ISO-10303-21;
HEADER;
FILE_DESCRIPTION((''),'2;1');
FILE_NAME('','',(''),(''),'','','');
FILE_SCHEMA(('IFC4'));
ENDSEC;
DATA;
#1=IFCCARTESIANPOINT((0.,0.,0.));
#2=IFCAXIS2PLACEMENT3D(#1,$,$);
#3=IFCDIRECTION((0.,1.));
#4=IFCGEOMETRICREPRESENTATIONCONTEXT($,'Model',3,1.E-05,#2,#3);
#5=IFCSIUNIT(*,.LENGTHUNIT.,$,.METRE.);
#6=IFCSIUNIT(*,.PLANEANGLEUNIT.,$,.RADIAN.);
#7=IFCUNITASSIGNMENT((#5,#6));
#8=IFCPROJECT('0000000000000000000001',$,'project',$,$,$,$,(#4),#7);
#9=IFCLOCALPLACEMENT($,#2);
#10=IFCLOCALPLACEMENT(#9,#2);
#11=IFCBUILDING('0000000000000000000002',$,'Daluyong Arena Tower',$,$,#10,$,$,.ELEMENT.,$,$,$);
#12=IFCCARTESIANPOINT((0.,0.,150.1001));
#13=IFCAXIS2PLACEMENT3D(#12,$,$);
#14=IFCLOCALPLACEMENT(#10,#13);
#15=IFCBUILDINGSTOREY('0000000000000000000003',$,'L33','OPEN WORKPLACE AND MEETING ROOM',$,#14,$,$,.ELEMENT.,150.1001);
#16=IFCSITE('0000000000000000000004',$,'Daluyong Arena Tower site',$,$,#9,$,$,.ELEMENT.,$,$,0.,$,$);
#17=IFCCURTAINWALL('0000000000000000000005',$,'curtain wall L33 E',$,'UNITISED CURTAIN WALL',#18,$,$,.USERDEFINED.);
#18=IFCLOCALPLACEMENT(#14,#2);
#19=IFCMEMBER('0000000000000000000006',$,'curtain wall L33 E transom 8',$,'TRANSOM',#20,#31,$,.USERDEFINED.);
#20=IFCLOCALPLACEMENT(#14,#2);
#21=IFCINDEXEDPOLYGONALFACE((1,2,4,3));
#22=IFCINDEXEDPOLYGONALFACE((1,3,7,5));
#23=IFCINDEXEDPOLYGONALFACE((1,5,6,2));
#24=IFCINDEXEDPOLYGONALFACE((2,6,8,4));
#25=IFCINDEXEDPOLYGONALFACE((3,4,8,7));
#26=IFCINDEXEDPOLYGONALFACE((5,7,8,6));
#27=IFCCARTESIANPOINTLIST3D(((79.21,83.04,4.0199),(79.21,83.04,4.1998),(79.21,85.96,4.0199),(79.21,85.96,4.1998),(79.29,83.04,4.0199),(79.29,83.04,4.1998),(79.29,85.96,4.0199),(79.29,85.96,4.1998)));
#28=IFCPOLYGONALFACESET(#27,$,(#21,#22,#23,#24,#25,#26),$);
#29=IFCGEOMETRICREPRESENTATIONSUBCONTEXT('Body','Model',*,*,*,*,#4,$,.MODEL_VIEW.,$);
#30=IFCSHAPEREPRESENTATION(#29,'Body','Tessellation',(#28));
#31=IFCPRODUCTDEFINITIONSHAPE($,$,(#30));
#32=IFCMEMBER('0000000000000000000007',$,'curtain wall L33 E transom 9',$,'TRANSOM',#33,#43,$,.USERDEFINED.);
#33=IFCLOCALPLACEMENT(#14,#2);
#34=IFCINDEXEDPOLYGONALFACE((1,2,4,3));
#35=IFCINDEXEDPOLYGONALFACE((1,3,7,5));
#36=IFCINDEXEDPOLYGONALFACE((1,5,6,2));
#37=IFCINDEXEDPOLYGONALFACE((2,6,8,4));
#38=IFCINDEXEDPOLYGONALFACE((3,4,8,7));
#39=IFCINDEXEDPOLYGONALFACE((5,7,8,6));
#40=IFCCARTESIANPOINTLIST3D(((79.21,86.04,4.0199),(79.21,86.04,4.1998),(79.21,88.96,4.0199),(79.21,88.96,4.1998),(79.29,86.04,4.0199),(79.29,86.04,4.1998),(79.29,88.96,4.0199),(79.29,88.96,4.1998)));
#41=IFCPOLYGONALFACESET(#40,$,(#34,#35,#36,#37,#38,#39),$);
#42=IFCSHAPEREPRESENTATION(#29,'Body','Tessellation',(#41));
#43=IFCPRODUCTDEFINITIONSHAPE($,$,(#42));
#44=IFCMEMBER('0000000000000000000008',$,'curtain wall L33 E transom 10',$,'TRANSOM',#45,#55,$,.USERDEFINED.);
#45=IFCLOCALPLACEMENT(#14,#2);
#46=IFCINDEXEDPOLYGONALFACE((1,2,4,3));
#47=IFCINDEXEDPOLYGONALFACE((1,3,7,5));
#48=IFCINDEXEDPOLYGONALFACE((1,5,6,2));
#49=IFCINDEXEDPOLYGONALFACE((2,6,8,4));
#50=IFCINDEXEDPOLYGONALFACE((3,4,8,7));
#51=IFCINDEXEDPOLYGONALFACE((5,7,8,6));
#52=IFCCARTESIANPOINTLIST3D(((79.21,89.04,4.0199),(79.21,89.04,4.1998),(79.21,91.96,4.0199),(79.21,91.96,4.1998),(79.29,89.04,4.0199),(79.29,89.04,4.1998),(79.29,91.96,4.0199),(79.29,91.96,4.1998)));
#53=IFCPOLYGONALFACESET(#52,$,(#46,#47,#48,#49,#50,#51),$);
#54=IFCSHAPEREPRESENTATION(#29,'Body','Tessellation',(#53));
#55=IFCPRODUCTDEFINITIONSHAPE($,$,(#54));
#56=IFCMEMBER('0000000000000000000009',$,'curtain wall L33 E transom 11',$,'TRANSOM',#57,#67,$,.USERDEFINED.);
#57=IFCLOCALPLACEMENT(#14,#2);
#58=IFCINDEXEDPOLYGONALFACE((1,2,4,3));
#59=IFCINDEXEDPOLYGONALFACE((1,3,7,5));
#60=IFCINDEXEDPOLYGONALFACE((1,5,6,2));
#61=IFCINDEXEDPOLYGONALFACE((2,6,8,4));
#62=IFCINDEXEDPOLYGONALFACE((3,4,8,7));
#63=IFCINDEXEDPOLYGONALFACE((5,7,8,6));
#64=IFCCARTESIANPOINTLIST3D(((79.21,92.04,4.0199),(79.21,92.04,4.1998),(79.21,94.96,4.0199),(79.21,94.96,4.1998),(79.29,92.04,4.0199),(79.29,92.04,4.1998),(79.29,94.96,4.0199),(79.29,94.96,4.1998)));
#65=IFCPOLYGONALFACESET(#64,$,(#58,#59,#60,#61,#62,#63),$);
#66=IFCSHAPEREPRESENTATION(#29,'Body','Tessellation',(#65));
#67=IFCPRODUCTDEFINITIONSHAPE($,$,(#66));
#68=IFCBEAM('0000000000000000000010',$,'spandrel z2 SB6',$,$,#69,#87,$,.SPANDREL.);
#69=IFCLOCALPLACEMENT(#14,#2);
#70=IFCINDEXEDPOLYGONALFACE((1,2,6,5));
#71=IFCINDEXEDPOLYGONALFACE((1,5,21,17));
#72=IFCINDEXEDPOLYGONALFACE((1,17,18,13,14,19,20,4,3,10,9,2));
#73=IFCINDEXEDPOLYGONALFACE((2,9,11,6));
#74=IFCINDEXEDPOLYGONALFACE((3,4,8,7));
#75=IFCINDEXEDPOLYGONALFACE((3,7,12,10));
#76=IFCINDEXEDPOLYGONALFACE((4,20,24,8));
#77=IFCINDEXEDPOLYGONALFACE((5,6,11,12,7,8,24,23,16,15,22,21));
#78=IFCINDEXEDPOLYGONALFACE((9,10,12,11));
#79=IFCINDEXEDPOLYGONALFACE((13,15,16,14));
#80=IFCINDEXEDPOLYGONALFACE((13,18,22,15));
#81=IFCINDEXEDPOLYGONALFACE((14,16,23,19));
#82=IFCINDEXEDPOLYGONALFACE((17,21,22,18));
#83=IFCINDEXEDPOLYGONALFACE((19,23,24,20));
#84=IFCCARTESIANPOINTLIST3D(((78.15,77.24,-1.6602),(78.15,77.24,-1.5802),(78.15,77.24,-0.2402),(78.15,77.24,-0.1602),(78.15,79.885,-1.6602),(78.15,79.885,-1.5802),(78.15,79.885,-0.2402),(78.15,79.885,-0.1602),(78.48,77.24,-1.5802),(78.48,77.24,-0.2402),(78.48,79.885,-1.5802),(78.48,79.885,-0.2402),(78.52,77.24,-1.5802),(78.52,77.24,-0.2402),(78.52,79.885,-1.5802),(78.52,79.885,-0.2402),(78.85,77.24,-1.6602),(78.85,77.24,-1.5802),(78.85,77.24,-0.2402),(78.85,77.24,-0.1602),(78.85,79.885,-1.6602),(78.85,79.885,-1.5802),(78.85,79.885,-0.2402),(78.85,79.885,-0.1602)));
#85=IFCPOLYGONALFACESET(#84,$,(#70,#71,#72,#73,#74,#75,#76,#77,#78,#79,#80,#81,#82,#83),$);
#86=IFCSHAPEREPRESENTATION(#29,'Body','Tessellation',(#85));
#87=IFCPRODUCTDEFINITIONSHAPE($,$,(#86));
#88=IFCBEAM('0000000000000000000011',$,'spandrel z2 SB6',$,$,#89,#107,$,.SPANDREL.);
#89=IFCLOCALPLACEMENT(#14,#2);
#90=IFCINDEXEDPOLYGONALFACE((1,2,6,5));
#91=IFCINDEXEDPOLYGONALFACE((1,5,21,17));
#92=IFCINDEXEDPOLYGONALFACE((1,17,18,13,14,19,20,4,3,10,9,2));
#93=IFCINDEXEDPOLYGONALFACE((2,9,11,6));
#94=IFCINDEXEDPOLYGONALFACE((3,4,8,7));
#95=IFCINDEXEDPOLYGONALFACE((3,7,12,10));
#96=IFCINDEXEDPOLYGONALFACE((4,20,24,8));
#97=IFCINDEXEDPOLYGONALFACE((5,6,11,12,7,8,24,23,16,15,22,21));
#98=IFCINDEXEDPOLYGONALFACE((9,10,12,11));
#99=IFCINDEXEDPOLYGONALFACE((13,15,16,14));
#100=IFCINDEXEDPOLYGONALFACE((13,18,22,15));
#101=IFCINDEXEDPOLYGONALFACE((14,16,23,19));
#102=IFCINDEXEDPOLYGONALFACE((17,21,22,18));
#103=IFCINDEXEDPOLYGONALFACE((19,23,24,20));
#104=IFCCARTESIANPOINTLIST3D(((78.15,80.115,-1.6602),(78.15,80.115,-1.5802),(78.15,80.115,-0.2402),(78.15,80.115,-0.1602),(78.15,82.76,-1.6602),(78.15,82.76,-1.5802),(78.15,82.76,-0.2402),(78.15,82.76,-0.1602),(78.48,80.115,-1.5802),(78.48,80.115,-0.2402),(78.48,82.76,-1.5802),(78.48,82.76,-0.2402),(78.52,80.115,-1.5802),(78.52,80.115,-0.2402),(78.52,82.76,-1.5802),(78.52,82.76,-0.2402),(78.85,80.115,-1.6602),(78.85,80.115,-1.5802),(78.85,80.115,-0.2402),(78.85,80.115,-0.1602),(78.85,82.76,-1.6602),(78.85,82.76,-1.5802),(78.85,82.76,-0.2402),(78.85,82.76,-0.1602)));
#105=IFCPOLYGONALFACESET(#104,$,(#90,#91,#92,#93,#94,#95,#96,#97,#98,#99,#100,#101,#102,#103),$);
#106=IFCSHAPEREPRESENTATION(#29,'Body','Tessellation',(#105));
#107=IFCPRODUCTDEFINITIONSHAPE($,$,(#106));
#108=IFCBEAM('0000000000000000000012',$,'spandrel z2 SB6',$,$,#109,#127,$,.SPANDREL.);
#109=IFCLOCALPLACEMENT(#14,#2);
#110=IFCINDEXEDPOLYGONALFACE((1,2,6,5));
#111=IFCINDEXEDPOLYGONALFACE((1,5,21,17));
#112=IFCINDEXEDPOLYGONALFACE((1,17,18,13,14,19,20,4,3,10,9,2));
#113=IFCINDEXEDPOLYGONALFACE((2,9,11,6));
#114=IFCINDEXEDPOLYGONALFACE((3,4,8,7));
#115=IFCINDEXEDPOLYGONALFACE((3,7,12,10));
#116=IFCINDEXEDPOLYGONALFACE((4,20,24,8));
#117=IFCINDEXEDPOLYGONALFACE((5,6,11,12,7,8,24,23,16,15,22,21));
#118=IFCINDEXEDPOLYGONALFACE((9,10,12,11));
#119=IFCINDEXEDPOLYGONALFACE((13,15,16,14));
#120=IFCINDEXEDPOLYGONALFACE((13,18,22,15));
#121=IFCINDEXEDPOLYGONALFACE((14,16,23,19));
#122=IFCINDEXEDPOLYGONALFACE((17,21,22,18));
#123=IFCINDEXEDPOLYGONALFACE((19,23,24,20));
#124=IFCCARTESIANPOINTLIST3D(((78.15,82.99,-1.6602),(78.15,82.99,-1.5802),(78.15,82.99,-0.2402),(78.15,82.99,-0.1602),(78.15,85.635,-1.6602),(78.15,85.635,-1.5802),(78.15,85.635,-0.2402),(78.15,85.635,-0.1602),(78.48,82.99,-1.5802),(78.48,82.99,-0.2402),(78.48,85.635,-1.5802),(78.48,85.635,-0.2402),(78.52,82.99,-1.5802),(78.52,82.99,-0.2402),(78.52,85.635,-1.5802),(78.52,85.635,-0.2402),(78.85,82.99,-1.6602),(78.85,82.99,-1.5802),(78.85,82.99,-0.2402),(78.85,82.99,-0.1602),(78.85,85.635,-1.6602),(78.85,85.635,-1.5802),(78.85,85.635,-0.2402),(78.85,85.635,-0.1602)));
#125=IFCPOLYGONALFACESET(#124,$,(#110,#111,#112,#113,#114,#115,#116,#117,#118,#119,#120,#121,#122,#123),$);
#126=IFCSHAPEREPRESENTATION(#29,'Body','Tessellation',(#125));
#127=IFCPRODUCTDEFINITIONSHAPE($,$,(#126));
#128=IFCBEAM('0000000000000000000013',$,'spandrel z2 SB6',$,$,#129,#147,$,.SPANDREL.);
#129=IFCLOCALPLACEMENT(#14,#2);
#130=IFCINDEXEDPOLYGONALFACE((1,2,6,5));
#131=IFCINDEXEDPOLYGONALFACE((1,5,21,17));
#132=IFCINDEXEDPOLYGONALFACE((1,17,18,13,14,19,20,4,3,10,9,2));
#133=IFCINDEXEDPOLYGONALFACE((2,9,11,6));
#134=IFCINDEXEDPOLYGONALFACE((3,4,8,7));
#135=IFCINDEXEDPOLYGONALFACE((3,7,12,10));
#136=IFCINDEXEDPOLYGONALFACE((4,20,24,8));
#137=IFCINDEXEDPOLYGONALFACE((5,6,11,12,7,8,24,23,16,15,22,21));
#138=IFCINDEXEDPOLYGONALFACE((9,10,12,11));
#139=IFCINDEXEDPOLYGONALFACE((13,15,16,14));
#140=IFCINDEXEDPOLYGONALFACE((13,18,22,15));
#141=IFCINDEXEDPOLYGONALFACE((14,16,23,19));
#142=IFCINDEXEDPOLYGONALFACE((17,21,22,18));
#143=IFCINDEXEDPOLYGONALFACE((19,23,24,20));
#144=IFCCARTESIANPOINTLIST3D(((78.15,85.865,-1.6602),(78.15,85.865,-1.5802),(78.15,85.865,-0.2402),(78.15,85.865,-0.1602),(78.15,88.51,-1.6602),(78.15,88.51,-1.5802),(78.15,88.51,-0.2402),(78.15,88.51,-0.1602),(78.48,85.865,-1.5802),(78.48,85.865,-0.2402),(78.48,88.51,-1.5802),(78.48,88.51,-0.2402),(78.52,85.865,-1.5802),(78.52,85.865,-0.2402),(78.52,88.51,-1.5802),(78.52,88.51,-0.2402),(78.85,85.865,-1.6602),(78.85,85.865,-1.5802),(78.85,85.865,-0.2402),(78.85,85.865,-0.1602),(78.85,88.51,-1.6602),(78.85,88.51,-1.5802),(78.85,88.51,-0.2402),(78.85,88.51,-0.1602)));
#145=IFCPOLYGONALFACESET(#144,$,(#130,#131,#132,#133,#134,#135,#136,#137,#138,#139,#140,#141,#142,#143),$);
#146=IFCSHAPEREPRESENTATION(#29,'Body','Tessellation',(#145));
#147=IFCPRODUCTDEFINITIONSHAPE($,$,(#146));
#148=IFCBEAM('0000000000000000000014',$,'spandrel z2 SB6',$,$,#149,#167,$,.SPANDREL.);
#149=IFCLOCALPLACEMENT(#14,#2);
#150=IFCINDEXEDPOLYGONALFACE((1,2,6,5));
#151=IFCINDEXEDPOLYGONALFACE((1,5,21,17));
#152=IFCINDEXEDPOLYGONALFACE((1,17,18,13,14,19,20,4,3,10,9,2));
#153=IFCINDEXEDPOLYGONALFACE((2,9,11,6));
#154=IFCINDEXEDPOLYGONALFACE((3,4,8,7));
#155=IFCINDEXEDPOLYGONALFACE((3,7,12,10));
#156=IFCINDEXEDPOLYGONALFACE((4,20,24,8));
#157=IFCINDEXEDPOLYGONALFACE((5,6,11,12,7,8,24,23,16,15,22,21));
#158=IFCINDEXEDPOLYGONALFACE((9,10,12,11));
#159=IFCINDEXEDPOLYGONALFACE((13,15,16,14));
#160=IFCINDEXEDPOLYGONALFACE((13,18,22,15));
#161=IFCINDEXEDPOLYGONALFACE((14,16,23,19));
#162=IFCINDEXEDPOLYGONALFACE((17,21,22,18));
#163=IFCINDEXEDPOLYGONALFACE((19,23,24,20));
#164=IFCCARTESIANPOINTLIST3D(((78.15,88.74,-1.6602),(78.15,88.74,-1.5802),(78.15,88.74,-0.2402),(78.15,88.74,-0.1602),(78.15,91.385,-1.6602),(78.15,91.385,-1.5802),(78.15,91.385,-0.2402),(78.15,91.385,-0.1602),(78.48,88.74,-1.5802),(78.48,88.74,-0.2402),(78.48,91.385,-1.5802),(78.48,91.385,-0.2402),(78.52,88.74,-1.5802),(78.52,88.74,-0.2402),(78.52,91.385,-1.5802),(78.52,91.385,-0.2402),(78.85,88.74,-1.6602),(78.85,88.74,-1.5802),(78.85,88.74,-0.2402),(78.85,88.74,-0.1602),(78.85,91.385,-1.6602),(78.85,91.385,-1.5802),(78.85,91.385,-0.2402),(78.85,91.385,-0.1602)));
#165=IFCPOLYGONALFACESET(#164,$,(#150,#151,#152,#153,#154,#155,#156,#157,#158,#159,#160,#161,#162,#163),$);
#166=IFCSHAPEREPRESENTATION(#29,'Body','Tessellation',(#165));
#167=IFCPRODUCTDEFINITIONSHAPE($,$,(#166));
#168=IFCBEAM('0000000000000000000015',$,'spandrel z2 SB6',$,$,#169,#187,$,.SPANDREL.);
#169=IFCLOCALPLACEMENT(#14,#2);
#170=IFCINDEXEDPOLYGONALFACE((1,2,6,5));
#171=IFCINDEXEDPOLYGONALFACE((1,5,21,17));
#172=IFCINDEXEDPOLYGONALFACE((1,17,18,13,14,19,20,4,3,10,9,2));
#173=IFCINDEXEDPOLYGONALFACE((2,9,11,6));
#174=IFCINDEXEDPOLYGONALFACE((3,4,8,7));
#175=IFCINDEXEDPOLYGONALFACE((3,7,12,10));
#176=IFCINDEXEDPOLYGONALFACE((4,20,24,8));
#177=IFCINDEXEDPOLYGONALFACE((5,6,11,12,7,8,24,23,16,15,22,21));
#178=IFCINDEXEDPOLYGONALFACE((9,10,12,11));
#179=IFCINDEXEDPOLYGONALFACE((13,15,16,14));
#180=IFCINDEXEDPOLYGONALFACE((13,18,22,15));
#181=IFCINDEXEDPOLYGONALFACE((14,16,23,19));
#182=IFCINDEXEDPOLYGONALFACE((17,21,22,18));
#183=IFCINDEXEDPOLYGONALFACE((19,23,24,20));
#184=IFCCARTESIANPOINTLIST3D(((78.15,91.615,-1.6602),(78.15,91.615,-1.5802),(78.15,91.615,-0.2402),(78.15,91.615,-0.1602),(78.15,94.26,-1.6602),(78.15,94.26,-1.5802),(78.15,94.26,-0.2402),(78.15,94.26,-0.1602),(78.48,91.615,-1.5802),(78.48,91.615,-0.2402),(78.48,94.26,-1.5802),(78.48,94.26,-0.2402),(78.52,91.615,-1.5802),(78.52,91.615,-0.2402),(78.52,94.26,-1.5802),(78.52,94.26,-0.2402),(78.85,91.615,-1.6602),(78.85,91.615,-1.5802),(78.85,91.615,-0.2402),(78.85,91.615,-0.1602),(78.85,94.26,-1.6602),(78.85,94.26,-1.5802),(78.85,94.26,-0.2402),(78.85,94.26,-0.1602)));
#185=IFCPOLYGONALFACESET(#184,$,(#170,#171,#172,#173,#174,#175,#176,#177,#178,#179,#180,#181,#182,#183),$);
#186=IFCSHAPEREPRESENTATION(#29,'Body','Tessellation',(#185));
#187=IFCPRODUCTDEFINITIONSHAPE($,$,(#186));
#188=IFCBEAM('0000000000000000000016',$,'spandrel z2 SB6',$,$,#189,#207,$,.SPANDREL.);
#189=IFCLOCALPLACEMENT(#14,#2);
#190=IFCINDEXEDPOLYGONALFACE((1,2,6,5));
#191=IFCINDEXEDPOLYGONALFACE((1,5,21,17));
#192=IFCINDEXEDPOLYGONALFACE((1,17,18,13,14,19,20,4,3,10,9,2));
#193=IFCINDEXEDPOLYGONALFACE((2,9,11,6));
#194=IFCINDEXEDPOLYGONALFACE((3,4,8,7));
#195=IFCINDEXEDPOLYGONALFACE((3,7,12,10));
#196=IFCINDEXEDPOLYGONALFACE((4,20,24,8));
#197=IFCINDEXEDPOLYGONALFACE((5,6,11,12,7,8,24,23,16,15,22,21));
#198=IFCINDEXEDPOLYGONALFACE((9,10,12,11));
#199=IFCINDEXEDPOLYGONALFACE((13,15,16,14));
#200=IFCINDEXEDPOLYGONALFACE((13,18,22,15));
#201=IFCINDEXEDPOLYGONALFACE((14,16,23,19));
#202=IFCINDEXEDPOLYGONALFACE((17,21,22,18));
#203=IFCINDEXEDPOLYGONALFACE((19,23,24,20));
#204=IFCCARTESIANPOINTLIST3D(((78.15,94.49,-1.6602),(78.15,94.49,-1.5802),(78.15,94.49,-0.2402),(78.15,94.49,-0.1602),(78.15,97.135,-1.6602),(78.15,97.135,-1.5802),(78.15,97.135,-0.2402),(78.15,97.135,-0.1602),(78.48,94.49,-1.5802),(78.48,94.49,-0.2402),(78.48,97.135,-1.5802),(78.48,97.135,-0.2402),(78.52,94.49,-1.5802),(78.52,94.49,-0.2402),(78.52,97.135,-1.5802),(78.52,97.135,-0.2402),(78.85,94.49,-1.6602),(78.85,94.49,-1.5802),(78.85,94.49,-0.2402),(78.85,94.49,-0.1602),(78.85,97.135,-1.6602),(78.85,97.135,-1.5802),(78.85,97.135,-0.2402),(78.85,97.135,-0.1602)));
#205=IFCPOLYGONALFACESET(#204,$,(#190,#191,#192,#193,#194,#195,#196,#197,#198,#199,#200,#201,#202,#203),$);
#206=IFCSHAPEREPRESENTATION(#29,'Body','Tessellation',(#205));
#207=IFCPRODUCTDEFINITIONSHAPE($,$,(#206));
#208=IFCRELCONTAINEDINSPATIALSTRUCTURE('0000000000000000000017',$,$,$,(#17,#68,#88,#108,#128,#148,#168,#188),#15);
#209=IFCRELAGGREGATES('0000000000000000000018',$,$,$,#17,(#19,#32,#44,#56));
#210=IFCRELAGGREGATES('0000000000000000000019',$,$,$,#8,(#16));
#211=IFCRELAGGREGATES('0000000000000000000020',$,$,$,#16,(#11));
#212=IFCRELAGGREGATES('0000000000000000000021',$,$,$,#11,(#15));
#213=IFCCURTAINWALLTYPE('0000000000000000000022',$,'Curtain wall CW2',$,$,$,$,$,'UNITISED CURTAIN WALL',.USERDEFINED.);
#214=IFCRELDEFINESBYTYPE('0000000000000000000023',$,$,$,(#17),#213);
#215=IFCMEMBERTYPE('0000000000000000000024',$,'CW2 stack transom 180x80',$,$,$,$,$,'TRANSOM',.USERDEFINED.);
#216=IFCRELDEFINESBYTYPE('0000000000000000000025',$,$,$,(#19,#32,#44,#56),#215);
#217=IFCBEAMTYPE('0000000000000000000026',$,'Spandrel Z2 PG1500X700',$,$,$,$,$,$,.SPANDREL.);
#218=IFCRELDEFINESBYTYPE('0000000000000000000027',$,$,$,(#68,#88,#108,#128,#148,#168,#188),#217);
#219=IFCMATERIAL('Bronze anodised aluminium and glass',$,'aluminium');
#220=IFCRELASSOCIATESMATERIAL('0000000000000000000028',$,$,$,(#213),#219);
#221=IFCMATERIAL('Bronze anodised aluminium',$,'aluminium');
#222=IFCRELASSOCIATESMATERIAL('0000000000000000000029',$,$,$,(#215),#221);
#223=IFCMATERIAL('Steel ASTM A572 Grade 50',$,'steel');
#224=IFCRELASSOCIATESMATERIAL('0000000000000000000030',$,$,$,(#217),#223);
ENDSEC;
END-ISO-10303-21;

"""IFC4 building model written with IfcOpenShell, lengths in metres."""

from ifc_helpers import new_model, si_unit, direction, frame, origin, origin_2d, place, context, subcontext, project, spatial, rectangle, i_section, extrude, material, material_profile, profile_set, type_object, element, aggregate, save


model = new_model("IFC4")

# Units and contexts
model_context = context("Model", 3, precision=1e-05, world=origin(), true_north=direction((0.0, 1.0)))
body_context = subcontext(model_context, "Body", "Model", "MODEL_VIEW")
ifc_project = project(units=[si_unit("LENGTHUNIT", "METRE"), si_unit("PLANEANGLEUNIT", "RADIAN")], contexts=[model_context])

# Site, building, storey
site_placement = place(None, origin())
site = spatial("IfcSite", under=ifc_project, at=site_placement, Name="Daluyong Arena Tower site", CompositionType="ELEMENT", RefElevation=0.0)
building_placement = place(site_placement, origin())
building = spatial("IfcBuilding", under=site, at=building_placement, Name="Daluyong Arena Tower", CompositionType="ELEMENT")
storey_placement = place(building_placement, frame((0.0, 0.0, 150.1001)))
storey = spatial("IfcBuildingStorey", under=building, at=storey_placement, Name="L33", Description="OPEN WORKPLACE AND MEETING ROOM", CompositionType="ELEMENT", Elevation=150.1001)

# Curtain wall, members
ifc_material_1 = material(Name="Bronze anodised aluminium and glass", Category="aluminium")
curtain_wall_type = type_object("IfcCurtainWallType", Name="Curtain wall CW2", ElementType="UNITISED CURTAIN WALL", PredefinedType="USERDEFINED", material=ifc_material_1)
curtain_wall_placement = place(storey_placement, origin())
curtain_wall = element("IfcCurtainWall", 1, at=curtain_wall_placement, inside=storey, type_object=curtain_wall_type, Name="curtain wall L33 E", ObjectType="UNITISED CURTAIN WALL", PredefinedType="USERDEFINED")
ifc_material_2 = material(Name="Bronze anodised aluminium", Category="aluminium")
ifc_material_profile_1 = material_profile(ifc_material_2, rectangle(XDim=0.0801, YDim=0.1799, at=origin_2d()))
ifc_profile_set_1 = profile_set([ifc_material_profile_1], Name="Bronze anodised aluminium")
member_type_1 = type_object("IfcMemberType", Name="CW2 stack transom 180x80", ElementType="TRANSOM", PredefinedType="USERDEFINED", material=ifc_profile_set_1)
member_1_placement = place(storey_placement, frame((79.25, 83.04, 4.1099), z_axis=(0.0, 1.0, 0.0), x_axis=(-1.0, 0.0, 0.0)))
member_1 = element("IfcMember", 2, at=member_1_placement, type_object=member_type_1, Name="curtain wall L33 E transom 8", ObjectType="TRANSOM", PredefinedType="USERDEFINED", context=body_context, shape_type="SweptSolid", body=[
    extrude(rectangle(XDim=0.0801, YDim=0.1799, at=origin_2d()), origin(), (0.0, 0.0, 1.0), 2.9199),
])
member_2_placement = place(storey_placement, frame((79.25, 86.04, 4.1099), z_axis=(0.0, 1.0, 0.0), x_axis=(-1.0, 0.0, 0.0)))
member_2 = element("IfcMember", 3, at=member_2_placement, type_object=member_type_1, Name="curtain wall L33 E transom 9", ObjectType="TRANSOM", PredefinedType="USERDEFINED", context=body_context, shape_type="SweptSolid", body=[
    extrude(rectangle(XDim=0.0801, YDim=0.1799, at=origin_2d()), origin(), (0.0, 0.0, 1.0), 2.9199),
])
member_3_placement = place(storey_placement, frame((79.25, 89.04, 4.1099), z_axis=(0.0, 1.0, 0.0), x_axis=(-1.0, 0.0, 0.0)))
member_3 = element("IfcMember", 4, at=member_3_placement, type_object=member_type_1, Name="curtain wall L33 E transom 10", ObjectType="TRANSOM", PredefinedType="USERDEFINED", context=body_context, shape_type="SweptSolid", body=[
    extrude(rectangle(XDim=0.0801, YDim=0.1799, at=origin_2d()), origin(), (0.0, 0.0, 1.0), 2.9199),
])
member_4_placement = place(storey_placement, frame((79.25, 92.04, 4.1099), z_axis=(0.0, 1.0, 0.0), x_axis=(-1.0, 0.0, 0.0)))
member_4 = element("IfcMember", 5, at=member_4_placement, type_object=member_type_1, Name="curtain wall L33 E transom 11", ObjectType="TRANSOM", PredefinedType="USERDEFINED", context=body_context, shape_type="SweptSolid", body=[
    extrude(rectangle(XDim=0.0801, YDim=0.1799, at=origin_2d()), origin(), (0.0, 0.0, 1.0), 2.9199),
])

# Beams
ifc_material_3 = material(Name="Steel ASTM A572 Grade 50", Category="steel")
ifc_material_profile_2 = material_profile(ifc_material_3, i_section(OverallWidth=0.7, OverallDepth=1.5, WebThickness=0.04, FlangeThickness=0.08, at=origin_2d()))
ifc_profile_set_2 = profile_set([ifc_material_profile_2], Name="Steel ASTM A572 Grade 50")
beam_type = type_object("IfcBeamType", Name="Spandrel Z2 PG1500X700", PredefinedType="SPANDREL", material=ifc_profile_set_2)
for number, where, z_axis, x_axis, name in (
    (6, (78.5, 77.24, -0.9102), (0.0, 1.0, 0.0), (-1.0, 0.0, 0.0), "spandrel z2 SB6"),
    (7, (78.5, 80.115, -0.9102), (0.0, 1.0, 0.0), (-1.0, 0.0, 0.0), "spandrel z2 SB6"),
    (8, (78.5, 82.99, -0.9102), (0.0, 1.0, 0.0), (-1.0, 0.0, 0.0), "spandrel z2 SB6"),
    (9, (78.5, 85.865, -0.9102), (0.0, 1.0, 0.0), (-1.0, 0.0, 0.0), "spandrel z2 SB6"),
    (10, (78.5, 88.74, -0.9102), (0.0, 1.0, 0.0), (-1.0, 0.0, 0.0), "spandrel z2 SB6"),
    (11, (78.5, 91.615, -0.9102), (0.0, 1.0, 0.0), (-1.0, 0.0, 0.0), "spandrel z2 SB6"),
    (12, (78.5, 94.49, -0.9102), (0.0, 1.0, 0.0), (-1.0, 0.0, 0.0), "spandrel z2 SB6"),
):
    element("IfcBeam", number, at=place(storey_placement, frame(where, z_axis=z_axis, x_axis=x_axis)), inside=storey, type_object=beam_type, Name=name, PredefinedType="SPANDREL", context=body_context, shape_type="SweptSolid", body=[
        extrude(i_section(OverallWidth=0.7, OverallDepth=1.5, WebThickness=0.04, FlangeThickness=0.08, at=origin_2d()), origin(), (0.0, 0.0, 1.0), 2.645),
    ])

aggregate(curtain_wall, [member_1, member_2, member_3, member_4])

save(model, "model.ifc")
